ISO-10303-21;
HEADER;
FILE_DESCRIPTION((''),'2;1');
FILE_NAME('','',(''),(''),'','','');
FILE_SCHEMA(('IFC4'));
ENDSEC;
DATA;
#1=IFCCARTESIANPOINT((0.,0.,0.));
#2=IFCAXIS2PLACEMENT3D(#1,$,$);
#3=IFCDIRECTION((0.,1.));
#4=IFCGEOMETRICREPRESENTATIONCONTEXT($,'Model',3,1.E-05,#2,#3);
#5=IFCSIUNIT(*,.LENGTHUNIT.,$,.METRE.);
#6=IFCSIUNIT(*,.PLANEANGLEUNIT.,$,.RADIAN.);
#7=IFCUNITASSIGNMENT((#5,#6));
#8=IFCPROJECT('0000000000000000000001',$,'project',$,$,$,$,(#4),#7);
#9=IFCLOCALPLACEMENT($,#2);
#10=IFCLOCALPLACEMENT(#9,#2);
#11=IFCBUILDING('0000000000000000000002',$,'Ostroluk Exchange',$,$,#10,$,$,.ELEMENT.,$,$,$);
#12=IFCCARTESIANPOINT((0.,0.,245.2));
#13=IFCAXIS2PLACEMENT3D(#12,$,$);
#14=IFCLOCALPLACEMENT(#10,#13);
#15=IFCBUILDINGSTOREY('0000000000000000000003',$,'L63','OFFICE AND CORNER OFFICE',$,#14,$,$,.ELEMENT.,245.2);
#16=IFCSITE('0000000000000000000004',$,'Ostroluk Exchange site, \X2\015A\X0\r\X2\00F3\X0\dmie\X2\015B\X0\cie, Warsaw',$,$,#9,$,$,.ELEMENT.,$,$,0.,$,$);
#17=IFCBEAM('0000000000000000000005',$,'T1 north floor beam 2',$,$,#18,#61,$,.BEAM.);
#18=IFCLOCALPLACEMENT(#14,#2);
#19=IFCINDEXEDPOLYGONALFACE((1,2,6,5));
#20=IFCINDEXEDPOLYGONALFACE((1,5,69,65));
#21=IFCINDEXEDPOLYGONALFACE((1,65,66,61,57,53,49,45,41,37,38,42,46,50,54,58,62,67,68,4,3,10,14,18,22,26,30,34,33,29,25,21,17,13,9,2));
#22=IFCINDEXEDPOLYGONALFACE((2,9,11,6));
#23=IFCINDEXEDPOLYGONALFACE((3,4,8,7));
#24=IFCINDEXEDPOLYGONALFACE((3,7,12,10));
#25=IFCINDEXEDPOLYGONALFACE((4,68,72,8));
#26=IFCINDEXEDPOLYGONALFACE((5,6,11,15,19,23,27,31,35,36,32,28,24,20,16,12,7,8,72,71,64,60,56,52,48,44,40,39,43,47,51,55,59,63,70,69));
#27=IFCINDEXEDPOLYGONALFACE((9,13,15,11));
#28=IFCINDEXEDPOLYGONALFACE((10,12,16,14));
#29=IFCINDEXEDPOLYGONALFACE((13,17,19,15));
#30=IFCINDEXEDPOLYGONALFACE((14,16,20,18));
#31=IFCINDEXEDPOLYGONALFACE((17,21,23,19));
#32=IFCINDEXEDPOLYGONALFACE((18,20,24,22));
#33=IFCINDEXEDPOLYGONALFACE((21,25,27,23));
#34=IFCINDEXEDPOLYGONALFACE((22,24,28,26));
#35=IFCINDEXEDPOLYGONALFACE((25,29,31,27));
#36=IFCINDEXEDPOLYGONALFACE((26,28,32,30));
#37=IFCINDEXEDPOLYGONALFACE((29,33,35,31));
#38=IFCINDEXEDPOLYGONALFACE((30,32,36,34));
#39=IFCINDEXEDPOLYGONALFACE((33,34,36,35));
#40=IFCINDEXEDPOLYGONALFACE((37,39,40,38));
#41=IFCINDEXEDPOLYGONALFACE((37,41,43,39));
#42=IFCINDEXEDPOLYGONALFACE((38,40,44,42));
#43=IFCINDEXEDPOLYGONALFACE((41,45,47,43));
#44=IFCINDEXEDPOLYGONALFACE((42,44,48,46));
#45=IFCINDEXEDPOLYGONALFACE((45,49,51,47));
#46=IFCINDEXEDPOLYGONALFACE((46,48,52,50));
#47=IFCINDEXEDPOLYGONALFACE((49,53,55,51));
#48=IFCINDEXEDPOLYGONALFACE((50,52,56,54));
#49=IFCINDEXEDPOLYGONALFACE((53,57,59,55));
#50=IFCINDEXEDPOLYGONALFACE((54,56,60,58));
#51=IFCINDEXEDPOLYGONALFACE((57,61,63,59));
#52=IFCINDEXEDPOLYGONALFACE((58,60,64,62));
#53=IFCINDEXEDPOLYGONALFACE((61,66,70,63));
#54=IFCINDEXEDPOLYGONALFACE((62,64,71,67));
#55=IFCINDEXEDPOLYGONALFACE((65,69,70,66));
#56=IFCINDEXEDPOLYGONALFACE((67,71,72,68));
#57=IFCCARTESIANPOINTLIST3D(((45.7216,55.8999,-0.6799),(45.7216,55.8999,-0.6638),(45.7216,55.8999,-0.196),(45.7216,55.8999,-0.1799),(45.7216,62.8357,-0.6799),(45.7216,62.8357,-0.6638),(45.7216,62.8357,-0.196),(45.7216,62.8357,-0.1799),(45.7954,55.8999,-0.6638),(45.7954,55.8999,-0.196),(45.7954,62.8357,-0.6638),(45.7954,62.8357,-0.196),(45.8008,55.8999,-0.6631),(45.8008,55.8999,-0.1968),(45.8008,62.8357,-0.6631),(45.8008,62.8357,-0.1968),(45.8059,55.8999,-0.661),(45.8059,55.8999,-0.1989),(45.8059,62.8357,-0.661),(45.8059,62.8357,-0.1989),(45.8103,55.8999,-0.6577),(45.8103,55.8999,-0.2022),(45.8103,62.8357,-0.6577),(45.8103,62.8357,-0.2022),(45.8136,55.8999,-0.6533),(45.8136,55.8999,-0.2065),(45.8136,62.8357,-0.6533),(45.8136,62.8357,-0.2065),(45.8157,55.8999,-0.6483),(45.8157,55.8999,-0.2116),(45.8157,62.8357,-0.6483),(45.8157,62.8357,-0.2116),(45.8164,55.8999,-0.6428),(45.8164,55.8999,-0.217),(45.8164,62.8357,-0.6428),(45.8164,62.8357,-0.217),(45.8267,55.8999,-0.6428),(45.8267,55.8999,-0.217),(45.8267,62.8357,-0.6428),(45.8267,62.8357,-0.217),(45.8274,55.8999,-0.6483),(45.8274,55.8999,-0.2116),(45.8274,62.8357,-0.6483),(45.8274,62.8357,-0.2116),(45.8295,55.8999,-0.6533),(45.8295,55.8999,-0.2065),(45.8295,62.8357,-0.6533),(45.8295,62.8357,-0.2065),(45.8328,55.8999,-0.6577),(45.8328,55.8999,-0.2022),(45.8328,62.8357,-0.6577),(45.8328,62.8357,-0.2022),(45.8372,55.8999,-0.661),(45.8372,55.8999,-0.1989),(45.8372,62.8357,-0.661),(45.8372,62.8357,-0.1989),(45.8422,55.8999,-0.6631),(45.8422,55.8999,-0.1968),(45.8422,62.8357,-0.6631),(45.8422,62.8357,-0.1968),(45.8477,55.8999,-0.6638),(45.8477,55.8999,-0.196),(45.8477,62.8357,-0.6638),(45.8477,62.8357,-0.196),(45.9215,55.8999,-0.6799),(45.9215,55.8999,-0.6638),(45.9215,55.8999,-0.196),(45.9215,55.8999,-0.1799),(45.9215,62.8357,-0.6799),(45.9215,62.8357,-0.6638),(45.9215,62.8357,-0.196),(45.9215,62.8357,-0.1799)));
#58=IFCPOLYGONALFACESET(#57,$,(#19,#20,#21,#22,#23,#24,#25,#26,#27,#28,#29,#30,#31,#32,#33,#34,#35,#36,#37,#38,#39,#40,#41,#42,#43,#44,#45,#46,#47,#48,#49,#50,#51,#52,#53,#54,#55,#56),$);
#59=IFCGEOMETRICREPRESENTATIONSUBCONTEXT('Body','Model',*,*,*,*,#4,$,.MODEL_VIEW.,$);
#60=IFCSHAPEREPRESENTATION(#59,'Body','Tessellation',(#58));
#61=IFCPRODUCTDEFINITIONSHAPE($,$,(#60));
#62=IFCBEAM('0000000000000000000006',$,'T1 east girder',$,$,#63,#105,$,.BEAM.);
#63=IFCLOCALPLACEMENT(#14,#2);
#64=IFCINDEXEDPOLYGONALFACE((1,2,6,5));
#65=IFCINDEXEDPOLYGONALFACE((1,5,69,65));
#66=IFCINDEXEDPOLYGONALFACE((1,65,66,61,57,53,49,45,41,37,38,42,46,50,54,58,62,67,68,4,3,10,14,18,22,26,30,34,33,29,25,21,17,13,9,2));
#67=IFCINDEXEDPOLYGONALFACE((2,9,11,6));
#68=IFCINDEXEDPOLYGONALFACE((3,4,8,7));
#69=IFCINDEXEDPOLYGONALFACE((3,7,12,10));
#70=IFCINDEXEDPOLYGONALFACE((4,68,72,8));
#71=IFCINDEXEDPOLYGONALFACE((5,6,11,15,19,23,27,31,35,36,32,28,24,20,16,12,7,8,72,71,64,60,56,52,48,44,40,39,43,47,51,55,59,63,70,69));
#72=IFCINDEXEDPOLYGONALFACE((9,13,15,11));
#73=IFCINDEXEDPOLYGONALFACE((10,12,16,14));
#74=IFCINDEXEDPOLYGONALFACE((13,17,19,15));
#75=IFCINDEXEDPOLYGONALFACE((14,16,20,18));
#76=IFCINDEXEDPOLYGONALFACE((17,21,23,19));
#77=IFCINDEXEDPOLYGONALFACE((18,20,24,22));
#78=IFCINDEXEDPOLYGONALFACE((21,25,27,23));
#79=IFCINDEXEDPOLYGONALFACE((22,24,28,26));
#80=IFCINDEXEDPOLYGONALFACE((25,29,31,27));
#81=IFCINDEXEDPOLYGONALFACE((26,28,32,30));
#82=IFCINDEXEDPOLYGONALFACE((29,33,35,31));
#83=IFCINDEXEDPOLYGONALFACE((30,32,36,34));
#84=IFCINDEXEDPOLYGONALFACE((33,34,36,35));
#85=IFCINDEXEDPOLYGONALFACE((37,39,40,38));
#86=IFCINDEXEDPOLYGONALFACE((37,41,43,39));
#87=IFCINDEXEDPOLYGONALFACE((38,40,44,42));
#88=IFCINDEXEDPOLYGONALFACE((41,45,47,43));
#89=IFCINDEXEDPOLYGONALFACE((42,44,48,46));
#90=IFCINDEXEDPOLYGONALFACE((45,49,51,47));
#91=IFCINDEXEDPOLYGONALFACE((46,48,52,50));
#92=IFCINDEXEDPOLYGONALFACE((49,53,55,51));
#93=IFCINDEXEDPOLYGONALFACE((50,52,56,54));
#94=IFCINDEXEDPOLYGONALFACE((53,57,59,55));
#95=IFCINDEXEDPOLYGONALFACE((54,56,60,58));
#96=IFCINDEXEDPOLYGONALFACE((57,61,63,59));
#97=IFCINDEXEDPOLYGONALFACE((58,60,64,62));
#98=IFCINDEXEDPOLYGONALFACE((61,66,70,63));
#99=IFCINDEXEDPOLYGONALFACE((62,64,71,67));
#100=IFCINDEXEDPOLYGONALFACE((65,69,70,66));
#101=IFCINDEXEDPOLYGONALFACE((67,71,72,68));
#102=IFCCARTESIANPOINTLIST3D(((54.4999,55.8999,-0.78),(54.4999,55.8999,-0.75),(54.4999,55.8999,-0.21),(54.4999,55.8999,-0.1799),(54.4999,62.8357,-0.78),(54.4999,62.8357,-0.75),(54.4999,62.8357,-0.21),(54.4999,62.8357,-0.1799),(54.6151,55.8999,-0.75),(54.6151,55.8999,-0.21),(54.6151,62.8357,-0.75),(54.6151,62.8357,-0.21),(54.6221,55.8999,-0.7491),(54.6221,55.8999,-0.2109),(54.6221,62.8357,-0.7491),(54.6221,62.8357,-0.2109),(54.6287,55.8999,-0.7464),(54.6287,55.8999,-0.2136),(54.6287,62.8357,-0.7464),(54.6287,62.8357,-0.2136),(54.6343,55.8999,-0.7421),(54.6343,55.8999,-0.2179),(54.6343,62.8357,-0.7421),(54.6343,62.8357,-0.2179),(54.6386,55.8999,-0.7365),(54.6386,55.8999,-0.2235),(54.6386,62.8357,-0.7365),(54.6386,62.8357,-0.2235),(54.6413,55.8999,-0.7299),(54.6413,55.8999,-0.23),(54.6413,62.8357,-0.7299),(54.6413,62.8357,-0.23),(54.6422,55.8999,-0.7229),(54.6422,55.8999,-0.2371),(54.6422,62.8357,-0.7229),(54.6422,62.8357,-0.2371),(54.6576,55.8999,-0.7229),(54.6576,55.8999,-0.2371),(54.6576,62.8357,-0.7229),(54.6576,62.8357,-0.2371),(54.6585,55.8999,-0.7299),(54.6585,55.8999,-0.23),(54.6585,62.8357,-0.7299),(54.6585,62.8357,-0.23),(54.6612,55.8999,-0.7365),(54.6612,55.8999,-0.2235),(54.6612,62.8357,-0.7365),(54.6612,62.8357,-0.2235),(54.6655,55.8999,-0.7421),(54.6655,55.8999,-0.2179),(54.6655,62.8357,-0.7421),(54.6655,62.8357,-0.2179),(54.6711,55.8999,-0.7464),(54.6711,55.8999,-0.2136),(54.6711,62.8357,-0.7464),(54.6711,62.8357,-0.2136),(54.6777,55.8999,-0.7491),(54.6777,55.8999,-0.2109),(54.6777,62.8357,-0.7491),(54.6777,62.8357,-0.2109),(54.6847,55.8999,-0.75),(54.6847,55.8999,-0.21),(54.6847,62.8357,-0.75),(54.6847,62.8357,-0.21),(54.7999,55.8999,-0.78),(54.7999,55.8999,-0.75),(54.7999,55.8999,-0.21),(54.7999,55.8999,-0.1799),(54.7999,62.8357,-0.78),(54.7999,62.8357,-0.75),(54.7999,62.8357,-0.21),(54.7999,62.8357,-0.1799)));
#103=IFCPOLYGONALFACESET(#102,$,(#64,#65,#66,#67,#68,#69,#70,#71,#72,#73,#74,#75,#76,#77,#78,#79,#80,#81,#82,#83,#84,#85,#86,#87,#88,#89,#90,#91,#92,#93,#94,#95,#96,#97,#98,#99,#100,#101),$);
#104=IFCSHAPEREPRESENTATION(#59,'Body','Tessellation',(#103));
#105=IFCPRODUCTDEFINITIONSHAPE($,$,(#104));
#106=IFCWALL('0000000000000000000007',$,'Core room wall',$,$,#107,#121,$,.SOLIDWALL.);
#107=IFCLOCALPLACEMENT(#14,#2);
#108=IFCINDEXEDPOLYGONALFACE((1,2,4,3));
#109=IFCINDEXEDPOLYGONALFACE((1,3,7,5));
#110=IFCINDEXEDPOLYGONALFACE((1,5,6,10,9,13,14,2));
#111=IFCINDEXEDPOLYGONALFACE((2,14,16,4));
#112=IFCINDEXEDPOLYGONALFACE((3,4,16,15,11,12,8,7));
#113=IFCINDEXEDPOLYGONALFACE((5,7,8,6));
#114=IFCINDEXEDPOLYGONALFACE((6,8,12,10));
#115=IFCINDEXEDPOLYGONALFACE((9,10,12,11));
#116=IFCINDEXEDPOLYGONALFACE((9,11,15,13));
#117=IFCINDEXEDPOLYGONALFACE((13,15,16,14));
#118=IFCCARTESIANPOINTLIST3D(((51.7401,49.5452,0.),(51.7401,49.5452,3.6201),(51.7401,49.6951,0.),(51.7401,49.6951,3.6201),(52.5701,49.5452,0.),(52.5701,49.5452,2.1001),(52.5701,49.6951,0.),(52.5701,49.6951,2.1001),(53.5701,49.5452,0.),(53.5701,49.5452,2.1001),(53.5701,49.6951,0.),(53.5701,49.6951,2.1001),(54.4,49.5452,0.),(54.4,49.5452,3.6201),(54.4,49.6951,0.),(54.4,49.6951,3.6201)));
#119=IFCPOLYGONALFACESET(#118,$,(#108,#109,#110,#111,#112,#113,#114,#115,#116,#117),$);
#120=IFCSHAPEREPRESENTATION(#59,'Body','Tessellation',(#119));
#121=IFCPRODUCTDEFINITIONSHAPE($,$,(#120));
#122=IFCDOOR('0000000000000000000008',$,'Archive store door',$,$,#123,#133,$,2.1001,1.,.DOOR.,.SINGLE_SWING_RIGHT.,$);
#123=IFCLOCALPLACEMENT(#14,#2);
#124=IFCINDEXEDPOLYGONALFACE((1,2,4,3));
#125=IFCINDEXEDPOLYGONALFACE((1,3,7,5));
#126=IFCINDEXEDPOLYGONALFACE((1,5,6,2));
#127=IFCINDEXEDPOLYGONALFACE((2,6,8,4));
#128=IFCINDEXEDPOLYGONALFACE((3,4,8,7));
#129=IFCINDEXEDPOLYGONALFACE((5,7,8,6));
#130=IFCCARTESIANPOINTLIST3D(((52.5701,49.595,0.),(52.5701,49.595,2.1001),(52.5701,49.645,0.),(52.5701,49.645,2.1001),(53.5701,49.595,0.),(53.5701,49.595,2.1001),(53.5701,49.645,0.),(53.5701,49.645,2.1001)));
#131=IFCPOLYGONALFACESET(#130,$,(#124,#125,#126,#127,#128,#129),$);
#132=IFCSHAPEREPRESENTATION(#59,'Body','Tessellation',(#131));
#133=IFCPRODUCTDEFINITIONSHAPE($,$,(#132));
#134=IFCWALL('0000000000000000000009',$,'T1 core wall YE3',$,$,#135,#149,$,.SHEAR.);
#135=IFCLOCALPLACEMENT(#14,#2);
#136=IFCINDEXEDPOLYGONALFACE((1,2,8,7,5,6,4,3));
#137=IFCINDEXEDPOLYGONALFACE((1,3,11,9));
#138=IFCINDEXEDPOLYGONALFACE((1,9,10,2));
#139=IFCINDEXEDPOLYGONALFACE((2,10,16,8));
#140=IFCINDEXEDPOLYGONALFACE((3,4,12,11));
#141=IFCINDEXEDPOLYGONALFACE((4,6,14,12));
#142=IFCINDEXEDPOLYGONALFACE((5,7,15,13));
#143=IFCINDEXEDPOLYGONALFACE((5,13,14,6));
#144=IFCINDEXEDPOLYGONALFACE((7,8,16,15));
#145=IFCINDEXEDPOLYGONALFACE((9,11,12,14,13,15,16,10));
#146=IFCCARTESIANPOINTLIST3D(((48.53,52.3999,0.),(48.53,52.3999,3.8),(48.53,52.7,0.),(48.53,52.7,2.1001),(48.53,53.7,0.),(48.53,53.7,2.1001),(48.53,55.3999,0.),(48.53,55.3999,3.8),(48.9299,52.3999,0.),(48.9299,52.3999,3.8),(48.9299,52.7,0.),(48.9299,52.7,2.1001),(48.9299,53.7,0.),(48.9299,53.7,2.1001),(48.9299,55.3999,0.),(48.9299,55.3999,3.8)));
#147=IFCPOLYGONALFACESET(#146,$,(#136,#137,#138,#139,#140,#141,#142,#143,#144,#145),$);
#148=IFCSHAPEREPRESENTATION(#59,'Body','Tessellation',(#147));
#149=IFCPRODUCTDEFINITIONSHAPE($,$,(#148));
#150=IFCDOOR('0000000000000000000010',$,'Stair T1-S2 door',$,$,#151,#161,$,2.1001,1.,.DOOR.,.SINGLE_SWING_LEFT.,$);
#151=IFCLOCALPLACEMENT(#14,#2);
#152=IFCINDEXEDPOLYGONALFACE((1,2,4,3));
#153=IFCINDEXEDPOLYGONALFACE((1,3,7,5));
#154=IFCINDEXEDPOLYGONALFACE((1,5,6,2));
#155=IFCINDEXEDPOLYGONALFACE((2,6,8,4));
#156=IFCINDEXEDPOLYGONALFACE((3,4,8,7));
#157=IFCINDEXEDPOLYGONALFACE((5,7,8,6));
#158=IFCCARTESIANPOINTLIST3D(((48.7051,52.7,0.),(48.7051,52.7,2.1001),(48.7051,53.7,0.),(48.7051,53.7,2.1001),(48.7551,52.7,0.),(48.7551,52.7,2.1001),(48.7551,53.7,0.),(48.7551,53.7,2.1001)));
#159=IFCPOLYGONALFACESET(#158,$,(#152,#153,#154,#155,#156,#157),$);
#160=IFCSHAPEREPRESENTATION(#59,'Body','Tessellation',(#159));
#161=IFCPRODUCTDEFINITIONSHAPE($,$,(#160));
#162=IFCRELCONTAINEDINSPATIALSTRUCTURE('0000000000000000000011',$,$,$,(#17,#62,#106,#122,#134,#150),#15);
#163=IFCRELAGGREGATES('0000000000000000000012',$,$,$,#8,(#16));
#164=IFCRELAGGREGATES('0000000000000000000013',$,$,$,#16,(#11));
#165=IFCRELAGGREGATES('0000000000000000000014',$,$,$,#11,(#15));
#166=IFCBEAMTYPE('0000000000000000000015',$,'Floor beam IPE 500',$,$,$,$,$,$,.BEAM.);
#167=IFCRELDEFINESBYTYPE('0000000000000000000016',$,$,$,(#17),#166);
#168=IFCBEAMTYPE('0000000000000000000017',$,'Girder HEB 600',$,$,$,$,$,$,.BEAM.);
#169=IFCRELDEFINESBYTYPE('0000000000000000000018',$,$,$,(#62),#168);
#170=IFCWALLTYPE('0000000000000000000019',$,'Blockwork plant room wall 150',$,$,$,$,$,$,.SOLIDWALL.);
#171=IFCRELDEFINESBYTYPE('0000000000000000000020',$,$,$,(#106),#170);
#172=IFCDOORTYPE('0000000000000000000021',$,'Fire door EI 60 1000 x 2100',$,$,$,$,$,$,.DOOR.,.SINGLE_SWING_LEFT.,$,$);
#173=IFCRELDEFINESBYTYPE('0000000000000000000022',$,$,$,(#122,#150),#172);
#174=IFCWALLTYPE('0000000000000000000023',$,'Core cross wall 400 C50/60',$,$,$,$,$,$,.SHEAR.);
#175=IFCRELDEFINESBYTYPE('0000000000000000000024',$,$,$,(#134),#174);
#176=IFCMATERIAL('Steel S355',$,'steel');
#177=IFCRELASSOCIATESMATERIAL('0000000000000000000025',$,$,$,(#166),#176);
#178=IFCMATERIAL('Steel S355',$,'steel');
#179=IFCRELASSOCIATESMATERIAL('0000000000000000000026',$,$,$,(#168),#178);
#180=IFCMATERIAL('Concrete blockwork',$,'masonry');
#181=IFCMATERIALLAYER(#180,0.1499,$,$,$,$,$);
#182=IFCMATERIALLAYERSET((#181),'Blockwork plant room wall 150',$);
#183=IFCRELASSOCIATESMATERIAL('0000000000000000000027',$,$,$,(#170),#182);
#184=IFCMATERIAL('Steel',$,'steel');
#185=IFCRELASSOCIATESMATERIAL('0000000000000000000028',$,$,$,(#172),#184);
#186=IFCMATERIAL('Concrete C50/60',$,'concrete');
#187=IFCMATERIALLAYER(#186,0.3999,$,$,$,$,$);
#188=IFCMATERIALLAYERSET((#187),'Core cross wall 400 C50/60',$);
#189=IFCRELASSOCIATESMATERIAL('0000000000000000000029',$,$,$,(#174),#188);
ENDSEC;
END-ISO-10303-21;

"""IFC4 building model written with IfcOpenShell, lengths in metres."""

from ifc_helpers import new_model, si_unit, direction, frame, frame_2d, origin, origin_2d, place, context, subcontext, project, spatial, rectangle, i_section, extrude, material, layer, layer_set, material_profile, profile_set, type_object, element, fill, save


model = new_model("IFC4")

# Units and contexts
model_context = context("Model", 3, precision=1e-05, world=origin(), true_north=direction((0.0, 1.0)))
body_context = subcontext(model_context, "Body", "Model", "MODEL_VIEW")
ifc_project = project(units=[si_unit("LENGTHUNIT", "METRE"), si_unit("PLANEANGLEUNIT", "RADIAN")], contexts=[model_context])

# Site, building, storey
site_placement = place(None, origin())
site = spatial("IfcSite", under=ifc_project, at=site_placement, Name="Ostroluk Exchange site, Śródmieście, Warsaw", CompositionType="ELEMENT", RefElevation=0.0)
building_placement = place(site_placement, origin())
building = spatial("IfcBuilding", under=site, at=building_placement, Name="Ostroluk Exchange", CompositionType="ELEMENT")
storey_placement = place(building_placement, frame((0.0, 0.0, 245.2)))
storey = spatial("IfcBuildingStorey", under=building, at=storey_placement, Name="L63", Description="OFFICE AND CORNER OFFICE", CompositionType="ELEMENT", Elevation=245.2)

# Beams
ifc_material_1 = material(Name="Steel S355", Category="steel")
ifc_material_profile_1 = material_profile(ifc_material_1, i_section(OverallWidth=0.2, OverallDepth=0.5, WebThickness=0.0103, FlangeThickness=0.0161, FilletRadius=0.021, at=origin_2d()), Name="IPE 500")
ifc_profile_set_1 = profile_set([ifc_material_profile_1], Name="Steel S355")
beam_type_1 = type_object("IfcBeamType", Name="Floor beam IPE 500", PredefinedType="BEAM", material=ifc_profile_set_1)
for number, where, z_axis, x_axis, name in (
    (1, (45.8215, 55.8999, -0.4299), (0.0, 1.0, 0.0), (-1.0, 0.0, 0.0), "T1 north floor beam 2"),
):
    element("IfcBeam", number, at=place(storey_placement, frame(where, z_axis=z_axis, x_axis=x_axis)), inside=storey, type_object=beam_type_1, Name=name, PredefinedType="BEAM", context=body_context, shape_type="SweptSolid", body=[
        extrude(i_section(OverallWidth=0.2, OverallDepth=0.5, WebThickness=0.0103, FlangeThickness=0.0161, FilletRadius=0.021, at=origin_2d()), origin(), (0.0, 0.0, 1.0), 6.9358),
    ])
ifc_material_2 = material(Name="Steel S355", Category="steel")
ifc_material_profile_2 = material_profile(ifc_material_2, i_section(OverallWidth=0.3, OverallDepth=0.6001, WebThickness=0.0154, FlangeThickness=0.03, FilletRadius=0.0271, at=origin_2d()), Name="HEB 600")
ifc_profile_set_2 = profile_set([ifc_material_profile_2], Name="Steel S355")
beam_type_2 = type_object("IfcBeamType", Name="Girder HEB 600", PredefinedType="BEAM", material=ifc_profile_set_2)
beam_placement = place(storey_placement, frame((54.6499, 55.8999, -0.48), z_axis=(0.0, 1.0, 0.0), x_axis=(-1.0, 0.0, 0.0)))
element("IfcBeam", 2, at=beam_placement, inside=storey, type_object=beam_type_2, Name="T1 east girder", PredefinedType="BEAM", context=body_context, shape_type="SweptSolid", body=[
    extrude(i_section(OverallWidth=0.3, OverallDepth=0.6001, WebThickness=0.0154, FlangeThickness=0.03, FilletRadius=0.0271, at=origin_2d()), origin(), (0.0, 0.0, 1.0), 6.9358),
])

# Walls, openings, doors
ifc_material_3 = material(Name="Concrete blockwork", Category="masonry")
ifc_layer_1 = layer(ifc_material_3, 0.1499)
ifc_layer_set_1 = layer_set([ifc_layer_1], Name="Blockwork plant room wall 150")
wall_type_1 = type_object("IfcWallType", Name="Blockwork plant room wall 150", PredefinedType="SOLIDWALL", material=ifc_layer_set_1)
wall_1_placement = place(storey_placement, frame((51.74, 49.6201, 0.0), z_axis=(0.0, 0.0, 1.0), x_axis=(1.0, 0.0, 0.0)))
wall_1 = element("IfcWall", 3, at=wall_1_placement, inside=storey, type_object=wall_type_1, Name="Core room wall", PredefinedType="SOLIDWALL", context=body_context, shape_type="SweptSolid", body=[
    extrude(rectangle(XDim=2.6599, YDim=0.1499, at=frame_2d((1.3301, 0.0))), origin(), (0.0, 0.0, 1.0), 3.6201),
])
opening_1_placement = place(wall_1_placement, frame((0.8301, 0.0, 0.0)))
opening_1 = element("IfcOpeningElement", 4, at=opening_1_placement, cuts=wall_1, PredefinedType="OPENING", context=body_context, shape_type="SweptSolid", body=[
    extrude(rectangle(XDim=1.0, YDim=2.1001, at=frame_2d((0.5, 1.05))), frame((0.0, 0.085, 0.0), z_axis=(0.0, -1.0, 0.0), x_axis=(1.0, 0.0, 0.0)), (0.0, 0.0, 1.0), 0.1699),
])
ifc_material_4 = material(Name="Steel", Category="steel")
door_type_1 = type_object("IfcDoorType", Name="Fire door EI 60 1000 x 2100", OperationType="SINGLE_SWING_LEFT", PredefinedType="DOOR", material=ifc_material_4)
door_1_placement = place(opening_1_placement, origin())
door_1 = element("IfcDoor", 5, at=door_1_placement, inside=storey, type_object=door_type_1, Name="Archive store door", OperationType="SINGLE_SWING_RIGHT", OverallHeight=2.1001, OverallWidth=1.0, PredefinedType="DOOR", context=body_context, shape_type="SweptSolid", body=[
    extrude(rectangle(XDim=1.0, YDim=2.1001, at=frame_2d((0.5, 1.05))), frame((0.0, 0.0249, 0.0), z_axis=(0.0, -1.0, 0.0), x_axis=(1.0, 0.0, 0.0)), (0.0, 0.0, 1.0), 0.05),
])
fill(opening_1, door_1)
ifc_material_5 = material(Name="Concrete C50/60", Category="concrete")
ifc_layer_2 = layer(ifc_material_5, 0.3999)
ifc_layer_set_2 = layer_set([ifc_layer_2], Name="Core cross wall 400 C50/60")
wall_type_2 = type_object("IfcWallType", Name="Core cross wall 400 C50/60", PredefinedType="SHEAR", material=ifc_layer_set_2)
wall_2_placement = place(storey_placement, frame((48.73, 52.3999, 0.0), z_axis=(0.0, 0.0, 1.0), x_axis=(0.0, 1.0, 0.0)))
wall_2 = element("IfcWall", 6, at=wall_2_placement, inside=storey, type_object=wall_type_2, Name="T1 core wall YE3", PredefinedType="SHEAR", context=body_context, shape_type="SweptSolid", body=[
    extrude(rectangle(XDim=3.0, YDim=0.3999, at=frame_2d((1.5, 0.0))), origin(), (0.0, 0.0, 1.0), 3.8),
])
opening_2_placement = place(wall_2_placement, frame((0.3, 0.0, 0.0)))
opening_2 = element("IfcOpeningElement", 7, at=opening_2_placement, cuts=wall_2, PredefinedType="OPENING", context=body_context, shape_type="SweptSolid", body=[
    extrude(rectangle(XDim=1.0, YDim=2.1001, at=frame_2d((0.5, 1.05))), frame((0.0, 0.21, 0.0), z_axis=(0.0, -1.0, 0.0), x_axis=(1.0, 0.0, 0.0)), (0.0, 0.0, 1.0), 0.4199),
])
door_2_placement = place(opening_2_placement, origin())
door_2 = element("IfcDoor", 8, at=door_2_placement, inside=storey, type_object=door_type_1, Name="Stair T1-S2 door", OperationType="SINGLE_SWING_LEFT", OverallHeight=2.1001, OverallWidth=1.0, PredefinedType="DOOR", context=body_context, shape_type="SweptSolid", body=[
    extrude(rectangle(XDim=1.0, YDim=2.1001, at=frame_2d((0.5, 1.05))), frame((0.0, 0.0249, 0.0), z_axis=(0.0, -1.0, 0.0), x_axis=(1.0, 0.0, 0.0)), (0.0, 0.0, 1.0), 0.05),
])
fill(opening_2, door_2)

save(model, "model.ifc")
